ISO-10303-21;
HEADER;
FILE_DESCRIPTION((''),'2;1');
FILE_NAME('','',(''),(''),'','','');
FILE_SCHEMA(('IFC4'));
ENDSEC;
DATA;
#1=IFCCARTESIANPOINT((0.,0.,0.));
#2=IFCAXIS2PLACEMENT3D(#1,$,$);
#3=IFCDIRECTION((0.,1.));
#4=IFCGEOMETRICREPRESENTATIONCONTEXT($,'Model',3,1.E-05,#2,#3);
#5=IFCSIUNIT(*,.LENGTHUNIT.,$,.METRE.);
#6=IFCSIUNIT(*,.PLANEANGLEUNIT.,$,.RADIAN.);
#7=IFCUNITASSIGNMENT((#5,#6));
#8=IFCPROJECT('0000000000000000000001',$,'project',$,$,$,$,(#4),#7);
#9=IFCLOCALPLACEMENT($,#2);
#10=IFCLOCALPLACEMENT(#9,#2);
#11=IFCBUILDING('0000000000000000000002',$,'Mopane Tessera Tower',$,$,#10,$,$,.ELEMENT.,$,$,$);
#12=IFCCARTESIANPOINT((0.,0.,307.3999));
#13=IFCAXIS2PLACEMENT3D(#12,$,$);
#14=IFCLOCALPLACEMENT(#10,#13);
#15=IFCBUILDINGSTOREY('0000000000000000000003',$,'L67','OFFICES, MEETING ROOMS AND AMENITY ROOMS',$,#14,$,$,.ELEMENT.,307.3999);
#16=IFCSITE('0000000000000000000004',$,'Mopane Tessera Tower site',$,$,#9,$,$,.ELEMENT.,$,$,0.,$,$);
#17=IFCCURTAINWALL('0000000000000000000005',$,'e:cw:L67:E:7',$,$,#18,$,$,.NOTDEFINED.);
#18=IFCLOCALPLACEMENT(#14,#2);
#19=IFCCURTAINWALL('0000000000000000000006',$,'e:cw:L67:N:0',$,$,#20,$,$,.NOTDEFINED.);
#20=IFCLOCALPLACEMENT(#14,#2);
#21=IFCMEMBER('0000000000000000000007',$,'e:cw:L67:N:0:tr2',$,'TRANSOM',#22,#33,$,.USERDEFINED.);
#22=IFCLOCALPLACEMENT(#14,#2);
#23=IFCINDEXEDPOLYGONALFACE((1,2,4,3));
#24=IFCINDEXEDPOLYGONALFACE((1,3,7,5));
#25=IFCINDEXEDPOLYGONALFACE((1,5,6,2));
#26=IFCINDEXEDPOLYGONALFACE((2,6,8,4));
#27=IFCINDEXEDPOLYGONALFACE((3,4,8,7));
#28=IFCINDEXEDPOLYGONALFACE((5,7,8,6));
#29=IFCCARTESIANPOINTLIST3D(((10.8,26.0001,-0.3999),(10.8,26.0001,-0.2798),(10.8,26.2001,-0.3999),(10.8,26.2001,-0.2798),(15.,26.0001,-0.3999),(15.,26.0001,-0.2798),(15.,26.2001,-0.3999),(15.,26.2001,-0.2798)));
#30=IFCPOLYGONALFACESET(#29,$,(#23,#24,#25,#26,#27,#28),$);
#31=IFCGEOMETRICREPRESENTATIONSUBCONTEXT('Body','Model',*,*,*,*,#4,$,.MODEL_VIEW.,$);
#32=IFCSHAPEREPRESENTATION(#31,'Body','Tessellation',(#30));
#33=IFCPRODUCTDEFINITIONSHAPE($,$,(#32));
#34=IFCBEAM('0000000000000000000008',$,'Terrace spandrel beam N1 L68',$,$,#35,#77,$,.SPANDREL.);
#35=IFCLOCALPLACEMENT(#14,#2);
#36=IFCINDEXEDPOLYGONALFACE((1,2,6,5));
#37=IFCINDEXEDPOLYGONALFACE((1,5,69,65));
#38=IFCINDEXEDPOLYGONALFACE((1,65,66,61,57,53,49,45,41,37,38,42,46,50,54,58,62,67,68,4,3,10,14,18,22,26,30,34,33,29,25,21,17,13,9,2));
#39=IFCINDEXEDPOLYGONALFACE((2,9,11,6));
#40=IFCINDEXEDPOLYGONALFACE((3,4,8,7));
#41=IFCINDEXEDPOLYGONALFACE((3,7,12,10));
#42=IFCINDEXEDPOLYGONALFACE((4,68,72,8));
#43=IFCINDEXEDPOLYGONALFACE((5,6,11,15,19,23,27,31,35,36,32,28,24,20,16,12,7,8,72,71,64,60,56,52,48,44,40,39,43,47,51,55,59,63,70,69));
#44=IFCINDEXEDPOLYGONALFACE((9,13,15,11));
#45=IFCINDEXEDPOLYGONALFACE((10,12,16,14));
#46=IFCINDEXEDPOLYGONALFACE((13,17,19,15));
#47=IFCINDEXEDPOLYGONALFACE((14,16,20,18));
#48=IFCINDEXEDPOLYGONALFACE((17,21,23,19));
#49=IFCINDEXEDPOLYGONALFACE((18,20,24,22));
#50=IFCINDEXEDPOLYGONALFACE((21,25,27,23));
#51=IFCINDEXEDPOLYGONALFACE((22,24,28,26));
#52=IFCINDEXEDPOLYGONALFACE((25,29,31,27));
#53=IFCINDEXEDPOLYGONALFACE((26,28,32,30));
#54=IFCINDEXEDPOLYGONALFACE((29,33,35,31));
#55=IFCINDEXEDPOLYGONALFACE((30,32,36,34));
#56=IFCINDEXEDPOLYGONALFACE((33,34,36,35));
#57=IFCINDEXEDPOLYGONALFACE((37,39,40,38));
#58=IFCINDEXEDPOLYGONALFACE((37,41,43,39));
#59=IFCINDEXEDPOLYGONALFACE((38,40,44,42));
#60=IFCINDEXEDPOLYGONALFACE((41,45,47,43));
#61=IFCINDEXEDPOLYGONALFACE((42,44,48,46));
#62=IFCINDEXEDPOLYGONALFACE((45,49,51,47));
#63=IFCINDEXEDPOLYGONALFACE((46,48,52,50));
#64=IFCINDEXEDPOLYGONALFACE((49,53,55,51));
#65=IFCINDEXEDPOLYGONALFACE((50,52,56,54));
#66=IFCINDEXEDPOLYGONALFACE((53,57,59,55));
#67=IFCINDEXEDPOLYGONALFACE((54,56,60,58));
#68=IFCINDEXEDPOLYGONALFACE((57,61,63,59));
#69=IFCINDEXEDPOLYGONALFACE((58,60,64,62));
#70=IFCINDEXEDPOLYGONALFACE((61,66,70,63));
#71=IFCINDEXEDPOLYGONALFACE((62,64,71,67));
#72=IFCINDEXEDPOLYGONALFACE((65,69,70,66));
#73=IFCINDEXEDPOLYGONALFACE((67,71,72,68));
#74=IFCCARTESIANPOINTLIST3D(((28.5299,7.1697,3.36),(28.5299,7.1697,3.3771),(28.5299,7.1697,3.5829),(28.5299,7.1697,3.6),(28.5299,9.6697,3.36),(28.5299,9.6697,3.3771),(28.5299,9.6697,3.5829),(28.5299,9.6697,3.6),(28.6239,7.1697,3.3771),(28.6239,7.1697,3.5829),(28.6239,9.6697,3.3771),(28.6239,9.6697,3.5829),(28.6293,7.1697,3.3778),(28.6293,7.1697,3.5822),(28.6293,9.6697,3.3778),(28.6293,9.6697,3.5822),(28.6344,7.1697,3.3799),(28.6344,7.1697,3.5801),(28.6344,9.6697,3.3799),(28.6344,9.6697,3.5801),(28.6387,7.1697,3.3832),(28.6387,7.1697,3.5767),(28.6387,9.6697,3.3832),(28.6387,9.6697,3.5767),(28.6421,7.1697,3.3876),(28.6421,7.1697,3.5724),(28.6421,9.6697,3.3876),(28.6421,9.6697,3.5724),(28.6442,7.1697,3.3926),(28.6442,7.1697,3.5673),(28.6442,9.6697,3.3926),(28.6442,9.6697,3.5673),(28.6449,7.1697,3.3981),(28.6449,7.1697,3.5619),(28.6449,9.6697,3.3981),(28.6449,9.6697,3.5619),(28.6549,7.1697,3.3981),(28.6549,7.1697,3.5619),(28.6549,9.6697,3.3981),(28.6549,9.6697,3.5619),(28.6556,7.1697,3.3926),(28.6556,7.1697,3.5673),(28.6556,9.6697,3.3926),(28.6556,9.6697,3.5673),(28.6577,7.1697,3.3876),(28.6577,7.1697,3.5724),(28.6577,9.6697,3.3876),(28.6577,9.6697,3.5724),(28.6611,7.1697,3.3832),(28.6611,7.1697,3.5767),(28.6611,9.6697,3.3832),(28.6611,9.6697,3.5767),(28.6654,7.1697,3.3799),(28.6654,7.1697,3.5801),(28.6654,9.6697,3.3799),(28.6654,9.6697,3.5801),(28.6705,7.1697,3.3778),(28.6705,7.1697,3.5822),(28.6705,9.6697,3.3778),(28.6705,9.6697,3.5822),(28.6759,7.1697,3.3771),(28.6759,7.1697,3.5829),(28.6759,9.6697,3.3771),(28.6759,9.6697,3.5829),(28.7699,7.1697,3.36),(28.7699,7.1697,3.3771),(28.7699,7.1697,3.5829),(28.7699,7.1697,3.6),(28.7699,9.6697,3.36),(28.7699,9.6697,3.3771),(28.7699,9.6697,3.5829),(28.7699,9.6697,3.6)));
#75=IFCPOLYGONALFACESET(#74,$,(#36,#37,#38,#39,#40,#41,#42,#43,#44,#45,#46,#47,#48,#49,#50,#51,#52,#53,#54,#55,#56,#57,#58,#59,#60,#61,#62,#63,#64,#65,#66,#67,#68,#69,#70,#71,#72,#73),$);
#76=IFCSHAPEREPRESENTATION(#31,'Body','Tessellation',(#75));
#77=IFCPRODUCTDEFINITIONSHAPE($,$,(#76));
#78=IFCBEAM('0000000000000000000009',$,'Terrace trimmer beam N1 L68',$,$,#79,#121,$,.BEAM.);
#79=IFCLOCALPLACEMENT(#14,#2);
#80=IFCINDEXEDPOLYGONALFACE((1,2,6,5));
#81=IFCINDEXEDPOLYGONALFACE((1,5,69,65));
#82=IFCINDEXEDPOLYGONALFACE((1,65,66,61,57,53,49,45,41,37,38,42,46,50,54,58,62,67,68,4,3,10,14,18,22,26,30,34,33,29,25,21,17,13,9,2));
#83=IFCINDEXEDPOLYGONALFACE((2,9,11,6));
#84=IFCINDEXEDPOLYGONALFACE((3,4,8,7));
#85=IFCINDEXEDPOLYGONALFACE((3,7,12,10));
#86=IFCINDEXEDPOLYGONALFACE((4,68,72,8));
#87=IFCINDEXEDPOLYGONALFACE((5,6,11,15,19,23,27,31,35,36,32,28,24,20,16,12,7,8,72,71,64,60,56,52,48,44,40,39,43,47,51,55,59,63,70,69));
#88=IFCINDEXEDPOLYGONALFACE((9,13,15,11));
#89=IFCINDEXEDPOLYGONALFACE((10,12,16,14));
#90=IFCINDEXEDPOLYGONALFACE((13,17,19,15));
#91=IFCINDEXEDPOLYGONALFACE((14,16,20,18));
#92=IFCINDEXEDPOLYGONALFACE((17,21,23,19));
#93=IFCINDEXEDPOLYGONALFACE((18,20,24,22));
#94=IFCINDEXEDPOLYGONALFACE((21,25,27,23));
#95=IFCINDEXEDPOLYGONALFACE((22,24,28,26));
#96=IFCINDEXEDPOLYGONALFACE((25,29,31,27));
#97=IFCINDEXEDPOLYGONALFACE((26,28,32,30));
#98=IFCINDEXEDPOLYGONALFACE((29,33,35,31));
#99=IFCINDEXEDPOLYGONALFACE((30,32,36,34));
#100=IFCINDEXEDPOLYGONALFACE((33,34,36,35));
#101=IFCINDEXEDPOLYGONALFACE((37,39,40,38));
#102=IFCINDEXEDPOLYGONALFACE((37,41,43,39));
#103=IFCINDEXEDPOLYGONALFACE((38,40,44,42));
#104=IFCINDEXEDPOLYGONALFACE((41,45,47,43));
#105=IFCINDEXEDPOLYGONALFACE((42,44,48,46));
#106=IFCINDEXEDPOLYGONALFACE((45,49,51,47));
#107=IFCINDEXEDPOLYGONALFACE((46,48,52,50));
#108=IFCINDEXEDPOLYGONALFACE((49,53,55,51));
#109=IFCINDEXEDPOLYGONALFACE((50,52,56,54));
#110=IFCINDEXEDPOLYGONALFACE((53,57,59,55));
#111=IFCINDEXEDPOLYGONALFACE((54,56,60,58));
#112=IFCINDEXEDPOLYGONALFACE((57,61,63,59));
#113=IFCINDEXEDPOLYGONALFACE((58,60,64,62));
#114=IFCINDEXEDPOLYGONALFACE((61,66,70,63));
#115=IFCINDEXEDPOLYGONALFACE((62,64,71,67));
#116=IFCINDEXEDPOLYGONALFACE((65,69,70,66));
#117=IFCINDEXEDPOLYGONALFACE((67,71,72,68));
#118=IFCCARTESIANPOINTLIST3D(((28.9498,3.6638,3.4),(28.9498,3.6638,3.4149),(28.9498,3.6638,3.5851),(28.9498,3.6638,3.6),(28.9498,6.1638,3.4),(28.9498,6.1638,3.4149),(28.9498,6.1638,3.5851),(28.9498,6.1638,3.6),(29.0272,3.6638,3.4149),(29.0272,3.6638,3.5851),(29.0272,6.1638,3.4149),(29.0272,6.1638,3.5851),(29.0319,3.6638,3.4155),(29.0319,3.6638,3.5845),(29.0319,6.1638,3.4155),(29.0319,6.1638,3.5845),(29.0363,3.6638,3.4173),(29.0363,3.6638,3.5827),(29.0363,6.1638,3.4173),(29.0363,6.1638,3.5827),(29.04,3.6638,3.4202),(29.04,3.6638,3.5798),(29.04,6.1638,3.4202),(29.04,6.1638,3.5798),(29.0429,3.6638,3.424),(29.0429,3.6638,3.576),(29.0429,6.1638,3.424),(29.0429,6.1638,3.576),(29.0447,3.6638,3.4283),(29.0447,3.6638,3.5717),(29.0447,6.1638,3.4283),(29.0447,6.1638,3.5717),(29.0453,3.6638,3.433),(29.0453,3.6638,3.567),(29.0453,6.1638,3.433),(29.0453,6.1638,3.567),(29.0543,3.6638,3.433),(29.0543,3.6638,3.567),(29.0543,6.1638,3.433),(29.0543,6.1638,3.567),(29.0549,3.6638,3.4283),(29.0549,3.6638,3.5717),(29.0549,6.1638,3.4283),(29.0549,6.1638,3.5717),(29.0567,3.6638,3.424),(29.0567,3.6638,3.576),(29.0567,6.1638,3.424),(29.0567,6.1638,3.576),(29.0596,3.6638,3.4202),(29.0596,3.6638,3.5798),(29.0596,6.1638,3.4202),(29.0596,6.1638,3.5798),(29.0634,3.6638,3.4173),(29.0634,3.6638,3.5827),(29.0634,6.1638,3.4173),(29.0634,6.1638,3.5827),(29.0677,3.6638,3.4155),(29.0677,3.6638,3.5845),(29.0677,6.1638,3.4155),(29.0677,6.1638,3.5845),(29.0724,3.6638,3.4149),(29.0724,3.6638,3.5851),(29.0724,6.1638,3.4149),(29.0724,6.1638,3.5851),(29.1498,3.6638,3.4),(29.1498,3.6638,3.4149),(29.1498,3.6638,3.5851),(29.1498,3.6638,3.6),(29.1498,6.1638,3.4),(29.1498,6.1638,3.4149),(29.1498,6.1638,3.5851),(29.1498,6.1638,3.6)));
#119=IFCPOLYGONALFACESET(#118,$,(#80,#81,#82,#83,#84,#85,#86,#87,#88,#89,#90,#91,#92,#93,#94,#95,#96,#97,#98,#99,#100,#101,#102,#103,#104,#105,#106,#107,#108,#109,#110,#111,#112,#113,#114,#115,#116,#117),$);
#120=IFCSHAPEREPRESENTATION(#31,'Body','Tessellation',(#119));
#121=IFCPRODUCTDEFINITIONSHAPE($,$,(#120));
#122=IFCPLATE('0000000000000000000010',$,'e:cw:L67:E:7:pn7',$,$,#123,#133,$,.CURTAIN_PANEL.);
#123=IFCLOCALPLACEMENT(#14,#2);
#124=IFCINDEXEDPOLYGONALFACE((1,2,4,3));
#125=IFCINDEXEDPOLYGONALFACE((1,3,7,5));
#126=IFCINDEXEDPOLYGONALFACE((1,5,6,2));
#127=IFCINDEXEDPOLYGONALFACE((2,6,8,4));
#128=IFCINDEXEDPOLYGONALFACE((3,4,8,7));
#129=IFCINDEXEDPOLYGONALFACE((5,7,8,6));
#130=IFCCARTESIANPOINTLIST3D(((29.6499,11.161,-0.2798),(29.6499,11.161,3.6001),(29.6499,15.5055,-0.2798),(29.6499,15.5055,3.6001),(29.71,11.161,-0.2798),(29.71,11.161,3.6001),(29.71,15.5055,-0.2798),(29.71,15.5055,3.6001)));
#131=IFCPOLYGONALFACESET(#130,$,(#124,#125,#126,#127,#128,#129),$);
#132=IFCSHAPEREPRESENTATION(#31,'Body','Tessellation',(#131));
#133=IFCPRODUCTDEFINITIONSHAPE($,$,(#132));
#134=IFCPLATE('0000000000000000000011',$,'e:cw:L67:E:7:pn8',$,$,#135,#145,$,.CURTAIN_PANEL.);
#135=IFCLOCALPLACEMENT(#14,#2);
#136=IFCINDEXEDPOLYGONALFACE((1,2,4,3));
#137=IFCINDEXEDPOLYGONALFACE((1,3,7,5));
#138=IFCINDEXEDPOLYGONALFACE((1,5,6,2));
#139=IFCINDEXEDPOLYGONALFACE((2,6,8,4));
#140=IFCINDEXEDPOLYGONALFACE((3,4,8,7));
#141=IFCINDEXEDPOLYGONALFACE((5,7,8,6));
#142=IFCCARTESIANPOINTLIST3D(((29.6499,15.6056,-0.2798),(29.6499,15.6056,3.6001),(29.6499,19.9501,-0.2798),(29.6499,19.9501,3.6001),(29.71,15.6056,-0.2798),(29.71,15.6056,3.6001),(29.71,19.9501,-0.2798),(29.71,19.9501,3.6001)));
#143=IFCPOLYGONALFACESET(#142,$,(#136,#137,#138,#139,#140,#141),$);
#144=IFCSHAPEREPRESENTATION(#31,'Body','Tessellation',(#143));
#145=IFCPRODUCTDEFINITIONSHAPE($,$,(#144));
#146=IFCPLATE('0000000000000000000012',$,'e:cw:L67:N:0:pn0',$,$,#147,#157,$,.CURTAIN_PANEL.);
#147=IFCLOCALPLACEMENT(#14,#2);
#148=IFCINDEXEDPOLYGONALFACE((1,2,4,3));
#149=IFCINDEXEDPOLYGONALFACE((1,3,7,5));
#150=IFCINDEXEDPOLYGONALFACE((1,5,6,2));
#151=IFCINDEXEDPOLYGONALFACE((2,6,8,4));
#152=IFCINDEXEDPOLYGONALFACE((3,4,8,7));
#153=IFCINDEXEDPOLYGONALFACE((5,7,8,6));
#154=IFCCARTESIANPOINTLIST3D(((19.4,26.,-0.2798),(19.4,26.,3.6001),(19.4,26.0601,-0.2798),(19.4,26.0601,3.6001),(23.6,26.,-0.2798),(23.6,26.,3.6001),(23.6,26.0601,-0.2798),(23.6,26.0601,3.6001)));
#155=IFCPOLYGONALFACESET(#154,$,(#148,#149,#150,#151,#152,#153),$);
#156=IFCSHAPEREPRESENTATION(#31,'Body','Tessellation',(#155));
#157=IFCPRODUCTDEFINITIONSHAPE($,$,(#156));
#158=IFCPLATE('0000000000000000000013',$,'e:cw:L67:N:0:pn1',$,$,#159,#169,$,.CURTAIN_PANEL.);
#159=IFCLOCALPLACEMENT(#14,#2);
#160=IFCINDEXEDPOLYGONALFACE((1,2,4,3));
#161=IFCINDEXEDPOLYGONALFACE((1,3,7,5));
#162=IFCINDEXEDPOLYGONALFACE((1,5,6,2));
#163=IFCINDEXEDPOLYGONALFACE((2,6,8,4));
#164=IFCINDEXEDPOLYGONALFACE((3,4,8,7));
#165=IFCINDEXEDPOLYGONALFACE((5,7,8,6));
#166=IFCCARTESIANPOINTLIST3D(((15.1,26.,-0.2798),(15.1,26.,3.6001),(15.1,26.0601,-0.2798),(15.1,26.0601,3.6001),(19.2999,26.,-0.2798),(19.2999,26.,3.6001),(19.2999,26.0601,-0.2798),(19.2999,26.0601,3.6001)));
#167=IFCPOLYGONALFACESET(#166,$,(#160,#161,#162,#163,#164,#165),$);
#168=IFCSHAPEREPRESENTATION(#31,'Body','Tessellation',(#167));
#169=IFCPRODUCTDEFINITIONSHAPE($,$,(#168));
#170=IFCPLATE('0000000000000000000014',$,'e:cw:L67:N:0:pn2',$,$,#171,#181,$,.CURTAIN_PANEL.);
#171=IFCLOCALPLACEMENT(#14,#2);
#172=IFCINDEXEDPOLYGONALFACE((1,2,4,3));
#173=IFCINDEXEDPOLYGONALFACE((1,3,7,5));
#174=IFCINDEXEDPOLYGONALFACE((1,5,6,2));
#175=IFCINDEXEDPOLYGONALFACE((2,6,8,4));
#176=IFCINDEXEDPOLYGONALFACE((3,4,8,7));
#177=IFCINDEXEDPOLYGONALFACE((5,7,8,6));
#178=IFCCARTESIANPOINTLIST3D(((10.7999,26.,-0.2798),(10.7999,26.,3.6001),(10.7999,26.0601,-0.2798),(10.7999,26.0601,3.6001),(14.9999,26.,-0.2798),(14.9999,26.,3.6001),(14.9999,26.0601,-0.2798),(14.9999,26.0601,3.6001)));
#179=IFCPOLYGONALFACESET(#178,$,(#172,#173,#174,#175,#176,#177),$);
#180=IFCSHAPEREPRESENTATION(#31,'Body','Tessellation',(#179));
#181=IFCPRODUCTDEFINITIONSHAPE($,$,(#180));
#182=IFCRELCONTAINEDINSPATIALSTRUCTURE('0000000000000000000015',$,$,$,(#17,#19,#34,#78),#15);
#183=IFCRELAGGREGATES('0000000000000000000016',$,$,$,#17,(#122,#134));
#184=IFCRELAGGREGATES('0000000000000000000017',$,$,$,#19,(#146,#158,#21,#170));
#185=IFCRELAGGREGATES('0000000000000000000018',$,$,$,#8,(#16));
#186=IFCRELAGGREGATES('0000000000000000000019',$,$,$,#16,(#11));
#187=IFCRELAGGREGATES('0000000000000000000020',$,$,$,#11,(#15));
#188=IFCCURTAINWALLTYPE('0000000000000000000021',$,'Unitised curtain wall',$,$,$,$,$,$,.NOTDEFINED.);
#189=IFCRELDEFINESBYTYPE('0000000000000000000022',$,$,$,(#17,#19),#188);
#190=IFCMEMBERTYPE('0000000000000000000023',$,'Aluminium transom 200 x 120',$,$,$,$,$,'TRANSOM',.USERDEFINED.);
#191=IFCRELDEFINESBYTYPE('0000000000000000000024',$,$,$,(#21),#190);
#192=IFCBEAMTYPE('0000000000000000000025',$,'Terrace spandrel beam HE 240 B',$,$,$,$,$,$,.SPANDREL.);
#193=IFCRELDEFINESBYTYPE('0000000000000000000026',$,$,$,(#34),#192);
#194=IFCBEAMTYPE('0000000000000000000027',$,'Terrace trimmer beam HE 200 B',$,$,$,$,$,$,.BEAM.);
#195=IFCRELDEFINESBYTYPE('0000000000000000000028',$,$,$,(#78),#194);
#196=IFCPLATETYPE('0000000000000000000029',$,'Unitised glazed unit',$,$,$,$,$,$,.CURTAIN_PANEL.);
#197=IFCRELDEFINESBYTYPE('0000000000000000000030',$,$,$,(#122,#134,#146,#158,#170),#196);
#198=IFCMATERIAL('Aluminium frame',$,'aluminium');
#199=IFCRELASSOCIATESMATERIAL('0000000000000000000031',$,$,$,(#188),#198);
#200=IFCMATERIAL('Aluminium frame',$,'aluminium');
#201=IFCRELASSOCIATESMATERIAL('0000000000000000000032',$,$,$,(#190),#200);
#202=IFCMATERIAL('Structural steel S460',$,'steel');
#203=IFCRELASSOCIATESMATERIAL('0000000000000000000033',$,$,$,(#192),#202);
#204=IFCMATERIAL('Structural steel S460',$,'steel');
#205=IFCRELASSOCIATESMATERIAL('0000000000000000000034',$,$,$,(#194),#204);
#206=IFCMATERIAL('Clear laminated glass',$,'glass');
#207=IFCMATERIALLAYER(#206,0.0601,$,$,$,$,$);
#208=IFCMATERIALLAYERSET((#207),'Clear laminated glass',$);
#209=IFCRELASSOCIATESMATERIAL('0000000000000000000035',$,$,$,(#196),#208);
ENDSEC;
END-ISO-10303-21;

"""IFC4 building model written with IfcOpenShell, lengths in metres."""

from ifc_helpers import new_model, si_unit, direction, frame, origin, origin_2d, place, context, subcontext, project, spatial, rectangle, i_section, extrude, material, layer, layer_set, material_profile, profile_set, type_object, element, aggregate, save


model = new_model("IFC4")

# Units and contexts
model_context = context("Model", 3, precision=1e-05, world=origin(), true_north=direction((0.0, 1.0)))
body_context = subcontext(model_context, "Body", "Model", "MODEL_VIEW")
ifc_project = project(units=[si_unit("LENGTHUNIT", "METRE"), si_unit("PLANEANGLEUNIT", "RADIAN")], contexts=[model_context])

# Site, building, storey
site_placement = place(None, origin())
site = spatial("IfcSite", under=ifc_project, at=site_placement, Name="Mopane Tessera Tower site", CompositionType="ELEMENT", RefElevation=0.0)
building_placement = place(site_placement, origin())
building = spatial("IfcBuilding", under=site, at=building_placement, Name="Mopane Tessera Tower", CompositionType="ELEMENT")
storey_placement = place(building_placement, frame((0.0, 0.0, 307.3999)))
storey = spatial("IfcBuildingStorey", under=building, at=storey_placement, Name="L67", Description="OFFICES, MEETING ROOMS AND AMENITY ROOMS", CompositionType="ELEMENT", Elevation=307.3999)

# Curtain walls
ifc_material_1 = material(Name="Aluminium frame", Category="aluminium")
curtain_wall_type = type_object("IfcCurtainWallType", Name="Unitised curtain wall", PredefinedType="NOTDEFINED", material=ifc_material_1)
curtain_wall_1_placement = place(storey_placement, origin())
curtain_wall_1 = element("IfcCurtainWall", 1, at=curtain_wall_1_placement, inside=storey, type_object=curtain_wall_type, Name="e:cw:L67:E:7", PredefinedType="NOTDEFINED")
curtain_wall_2_placement = place(storey_placement, origin())
curtain_wall_2 = element("IfcCurtainWall", 2, at=curtain_wall_2_placement, inside=storey, type_object=curtain_wall_type, Name="e:cw:L67:N:0", PredefinedType="NOTDEFINED")

# Member
ifc_material_2 = material(Name="Aluminium frame", Category="aluminium")
ifc_material_profile_1 = material_profile(ifc_material_2, rectangle(XDim=0.2, YDim=0.1201, at=origin_2d()))
ifc_profile_set_1 = profile_set([ifc_material_profile_1], Name="Aluminium frame")
member_type_1 = type_object("IfcMemberType", Name="Aluminium transom 200 x 120", ElementType="TRANSOM", PredefinedType="USERDEFINED", material=ifc_profile_set_1)
member_1_placement = place(storey_placement, frame((15.0, 26.1001, -0.3398), z_axis=(-1.0, 0.0, 0.0), x_axis=(0.0, -1.0, 0.0)))
member_1 = element("IfcMember", 3, at=member_1_placement, type_object=member_type_1, Name="e:cw:L67:N:0:tr2", ObjectType="TRANSOM", PredefinedType="USERDEFINED", context=body_context, shape_type="SweptSolid", body=[
    extrude(rectangle(XDim=0.2, YDim=0.1201, at=origin_2d()), origin(), (0.0, 0.0, 1.0), 4.2),
])

# Beams
ifc_material_3 = material(Name="Structural steel S460", Category="steel")
ifc_material_profile_2 = material_profile(ifc_material_3, i_section(OverallWidth=0.24, OverallDepth=0.24, WebThickness=0.01, FlangeThickness=0.0171, FilletRadius=0.021, at=origin_2d()))
ifc_profile_set_2 = profile_set([ifc_material_profile_2], Name="Structural steel S460")
beam_type_1 = type_object("IfcBeamType", Name="Terrace spandrel beam HE 240 B", PredefinedType="SPANDREL", material=ifc_profile_set_2)
beam_1_placement = place(storey_placement, frame((28.6499, 7.1697, 3.48), z_axis=(0.0, 1.0, 0.0), x_axis=(-1.0, 0.0, 0.0)))
element("IfcBeam", 4, at=beam_1_placement, inside=storey, type_object=beam_type_1, Name="Terrace spandrel beam N1 L68", PredefinedType="SPANDREL", context=body_context, shape_type="SweptSolid", body=[
    extrude(i_section(OverallWidth=0.24, OverallDepth=0.24, WebThickness=0.01, FlangeThickness=0.0171, FilletRadius=0.021, at=origin_2d()), origin(), (0.0, 0.0, 1.0), 2.5),
])
ifc_material_4 = material(Name="Structural steel S460", Category="steel")
ifc_material_profile_3 = material_profile(ifc_material_4, i_section(OverallWidth=0.2, OverallDepth=0.2, WebThickness=0.009, FlangeThickness=0.0149, FilletRadius=0.0181, at=origin_2d()))
ifc_profile_set_3 = profile_set([ifc_material_profile_3], Name="Structural steel S460")
beam_type_2 = type_object("IfcBeamType", Name="Terrace trimmer beam HE 200 B", PredefinedType="BEAM", material=ifc_profile_set_3)
beam_2_placement = place(storey_placement, frame((29.0498, 6.1638, 3.5), z_axis=(0.0, -1.0, 0.0), x_axis=(1.0, 0.0, 0.0)))
element("IfcBeam", 5, at=beam_2_placement, inside=storey, type_object=beam_type_2, Name="Terrace trimmer beam N1 L68", PredefinedType="BEAM", context=body_context, shape_type="SweptSolid", body=[
    extrude(i_section(OverallWidth=0.2, OverallDepth=0.2, WebThickness=0.009, FlangeThickness=0.0149, FilletRadius=0.0181, at=origin_2d()), origin(), (0.0, 0.0, 1.0), 2.5),
])

# Plates
ifc_material_5 = material(Name="Clear laminated glass", Category="glass")
ifc_layer_1 = layer(ifc_material_5, 0.0601)
ifc_layer_set_1 = layer_set([ifc_layer_1], Name="Clear laminated glass")
plate_type = type_object("IfcPlateType", Name="Unitised glazed unit", PredefinedType="CURTAIN_PANEL", material=ifc_layer_set_1)
plate_1_placement = place(storey_placement, frame((29.6799, 13.3333, -0.2798), z_axis=(0.0, 0.0, 1.0), x_axis=(0.0, 1.0, 0.0)))
plate_1 = element("IfcPlate", 6, at=plate_1_placement, type_object=plate_type, Name="e:cw:L67:E:7:pn7", PredefinedType="CURTAIN_PANEL", context=body_context, shape_type="SweptSolid", body=[
    extrude(rectangle(XDim=4.3445, YDim=0.0601, at=origin_2d()), origin(), (0.0, 0.0, 1.0), 3.8799),
])
plate_2_placement = place(storey_placement, frame((29.6799, 17.7778, -0.2798), z_axis=(0.0, 0.0, 1.0), x_axis=(0.0, 1.0, 0.0)))
plate_2 = element("IfcPlate", 7, at=plate_2_placement, type_object=plate_type, Name="e:cw:L67:E:7:pn8", PredefinedType="CURTAIN_PANEL", context=body_context, shape_type="SweptSolid", body=[
    extrude(rectangle(XDim=4.3445, YDim=0.0601, at=origin_2d()), origin(), (0.0, 0.0, 1.0), 3.8799),
])
aggregate(curtain_wall_1, [plate_1, plate_2])
plate_3_placement = place(storey_placement, frame((21.5, 26.03, -0.2798), z_axis=(0.0, 0.0, 1.0), x_axis=(-1.0, 0.0, 0.0)))
plate_3 = element("IfcPlate", 8, at=plate_3_placement, type_object=plate_type, Name="e:cw:L67:N:0:pn0", PredefinedType="CURTAIN_PANEL", context=body_context, shape_type="SweptSolid", body=[
    extrude(rectangle(XDim=4.2, YDim=0.0601, at=origin_2d()), origin(), (0.0, 0.0, 1.0), 3.8799),
])
plate_4_placement = place(storey_placement, frame((17.2, 26.03, -0.2798), z_axis=(0.0, 0.0, 1.0), x_axis=(-1.0, 0.0, 0.0)))
plate_4 = element("IfcPlate", 9, at=plate_4_placement, type_object=plate_type, Name="e:cw:L67:N:0:pn1", PredefinedType="CURTAIN_PANEL", context=body_context, shape_type="SweptSolid", body=[
    extrude(rectangle(XDim=4.2, YDim=0.0601, at=origin_2d()), origin(), (0.0, 0.0, 1.0), 3.8799),
])
plate_5_placement = place(storey_placement, frame((12.8999, 26.03, -0.2798), z_axis=(0.0, 0.0, 1.0), x_axis=(-1.0, 0.0, 0.0)))
plate_5 = element("IfcPlate", 10, at=plate_5_placement, type_object=plate_type, Name="e:cw:L67:N:0:pn2", PredefinedType="CURTAIN_PANEL", context=body_context, shape_type="SweptSolid", body=[
    extrude(rectangle(XDim=4.2, YDim=0.0601, at=origin_2d()), origin(), (0.0, 0.0, 1.0), 3.8799),
])
aggregate(curtain_wall_2, [plate_3, plate_4, member_1, plate_5])

save(model, "model.ifc")
